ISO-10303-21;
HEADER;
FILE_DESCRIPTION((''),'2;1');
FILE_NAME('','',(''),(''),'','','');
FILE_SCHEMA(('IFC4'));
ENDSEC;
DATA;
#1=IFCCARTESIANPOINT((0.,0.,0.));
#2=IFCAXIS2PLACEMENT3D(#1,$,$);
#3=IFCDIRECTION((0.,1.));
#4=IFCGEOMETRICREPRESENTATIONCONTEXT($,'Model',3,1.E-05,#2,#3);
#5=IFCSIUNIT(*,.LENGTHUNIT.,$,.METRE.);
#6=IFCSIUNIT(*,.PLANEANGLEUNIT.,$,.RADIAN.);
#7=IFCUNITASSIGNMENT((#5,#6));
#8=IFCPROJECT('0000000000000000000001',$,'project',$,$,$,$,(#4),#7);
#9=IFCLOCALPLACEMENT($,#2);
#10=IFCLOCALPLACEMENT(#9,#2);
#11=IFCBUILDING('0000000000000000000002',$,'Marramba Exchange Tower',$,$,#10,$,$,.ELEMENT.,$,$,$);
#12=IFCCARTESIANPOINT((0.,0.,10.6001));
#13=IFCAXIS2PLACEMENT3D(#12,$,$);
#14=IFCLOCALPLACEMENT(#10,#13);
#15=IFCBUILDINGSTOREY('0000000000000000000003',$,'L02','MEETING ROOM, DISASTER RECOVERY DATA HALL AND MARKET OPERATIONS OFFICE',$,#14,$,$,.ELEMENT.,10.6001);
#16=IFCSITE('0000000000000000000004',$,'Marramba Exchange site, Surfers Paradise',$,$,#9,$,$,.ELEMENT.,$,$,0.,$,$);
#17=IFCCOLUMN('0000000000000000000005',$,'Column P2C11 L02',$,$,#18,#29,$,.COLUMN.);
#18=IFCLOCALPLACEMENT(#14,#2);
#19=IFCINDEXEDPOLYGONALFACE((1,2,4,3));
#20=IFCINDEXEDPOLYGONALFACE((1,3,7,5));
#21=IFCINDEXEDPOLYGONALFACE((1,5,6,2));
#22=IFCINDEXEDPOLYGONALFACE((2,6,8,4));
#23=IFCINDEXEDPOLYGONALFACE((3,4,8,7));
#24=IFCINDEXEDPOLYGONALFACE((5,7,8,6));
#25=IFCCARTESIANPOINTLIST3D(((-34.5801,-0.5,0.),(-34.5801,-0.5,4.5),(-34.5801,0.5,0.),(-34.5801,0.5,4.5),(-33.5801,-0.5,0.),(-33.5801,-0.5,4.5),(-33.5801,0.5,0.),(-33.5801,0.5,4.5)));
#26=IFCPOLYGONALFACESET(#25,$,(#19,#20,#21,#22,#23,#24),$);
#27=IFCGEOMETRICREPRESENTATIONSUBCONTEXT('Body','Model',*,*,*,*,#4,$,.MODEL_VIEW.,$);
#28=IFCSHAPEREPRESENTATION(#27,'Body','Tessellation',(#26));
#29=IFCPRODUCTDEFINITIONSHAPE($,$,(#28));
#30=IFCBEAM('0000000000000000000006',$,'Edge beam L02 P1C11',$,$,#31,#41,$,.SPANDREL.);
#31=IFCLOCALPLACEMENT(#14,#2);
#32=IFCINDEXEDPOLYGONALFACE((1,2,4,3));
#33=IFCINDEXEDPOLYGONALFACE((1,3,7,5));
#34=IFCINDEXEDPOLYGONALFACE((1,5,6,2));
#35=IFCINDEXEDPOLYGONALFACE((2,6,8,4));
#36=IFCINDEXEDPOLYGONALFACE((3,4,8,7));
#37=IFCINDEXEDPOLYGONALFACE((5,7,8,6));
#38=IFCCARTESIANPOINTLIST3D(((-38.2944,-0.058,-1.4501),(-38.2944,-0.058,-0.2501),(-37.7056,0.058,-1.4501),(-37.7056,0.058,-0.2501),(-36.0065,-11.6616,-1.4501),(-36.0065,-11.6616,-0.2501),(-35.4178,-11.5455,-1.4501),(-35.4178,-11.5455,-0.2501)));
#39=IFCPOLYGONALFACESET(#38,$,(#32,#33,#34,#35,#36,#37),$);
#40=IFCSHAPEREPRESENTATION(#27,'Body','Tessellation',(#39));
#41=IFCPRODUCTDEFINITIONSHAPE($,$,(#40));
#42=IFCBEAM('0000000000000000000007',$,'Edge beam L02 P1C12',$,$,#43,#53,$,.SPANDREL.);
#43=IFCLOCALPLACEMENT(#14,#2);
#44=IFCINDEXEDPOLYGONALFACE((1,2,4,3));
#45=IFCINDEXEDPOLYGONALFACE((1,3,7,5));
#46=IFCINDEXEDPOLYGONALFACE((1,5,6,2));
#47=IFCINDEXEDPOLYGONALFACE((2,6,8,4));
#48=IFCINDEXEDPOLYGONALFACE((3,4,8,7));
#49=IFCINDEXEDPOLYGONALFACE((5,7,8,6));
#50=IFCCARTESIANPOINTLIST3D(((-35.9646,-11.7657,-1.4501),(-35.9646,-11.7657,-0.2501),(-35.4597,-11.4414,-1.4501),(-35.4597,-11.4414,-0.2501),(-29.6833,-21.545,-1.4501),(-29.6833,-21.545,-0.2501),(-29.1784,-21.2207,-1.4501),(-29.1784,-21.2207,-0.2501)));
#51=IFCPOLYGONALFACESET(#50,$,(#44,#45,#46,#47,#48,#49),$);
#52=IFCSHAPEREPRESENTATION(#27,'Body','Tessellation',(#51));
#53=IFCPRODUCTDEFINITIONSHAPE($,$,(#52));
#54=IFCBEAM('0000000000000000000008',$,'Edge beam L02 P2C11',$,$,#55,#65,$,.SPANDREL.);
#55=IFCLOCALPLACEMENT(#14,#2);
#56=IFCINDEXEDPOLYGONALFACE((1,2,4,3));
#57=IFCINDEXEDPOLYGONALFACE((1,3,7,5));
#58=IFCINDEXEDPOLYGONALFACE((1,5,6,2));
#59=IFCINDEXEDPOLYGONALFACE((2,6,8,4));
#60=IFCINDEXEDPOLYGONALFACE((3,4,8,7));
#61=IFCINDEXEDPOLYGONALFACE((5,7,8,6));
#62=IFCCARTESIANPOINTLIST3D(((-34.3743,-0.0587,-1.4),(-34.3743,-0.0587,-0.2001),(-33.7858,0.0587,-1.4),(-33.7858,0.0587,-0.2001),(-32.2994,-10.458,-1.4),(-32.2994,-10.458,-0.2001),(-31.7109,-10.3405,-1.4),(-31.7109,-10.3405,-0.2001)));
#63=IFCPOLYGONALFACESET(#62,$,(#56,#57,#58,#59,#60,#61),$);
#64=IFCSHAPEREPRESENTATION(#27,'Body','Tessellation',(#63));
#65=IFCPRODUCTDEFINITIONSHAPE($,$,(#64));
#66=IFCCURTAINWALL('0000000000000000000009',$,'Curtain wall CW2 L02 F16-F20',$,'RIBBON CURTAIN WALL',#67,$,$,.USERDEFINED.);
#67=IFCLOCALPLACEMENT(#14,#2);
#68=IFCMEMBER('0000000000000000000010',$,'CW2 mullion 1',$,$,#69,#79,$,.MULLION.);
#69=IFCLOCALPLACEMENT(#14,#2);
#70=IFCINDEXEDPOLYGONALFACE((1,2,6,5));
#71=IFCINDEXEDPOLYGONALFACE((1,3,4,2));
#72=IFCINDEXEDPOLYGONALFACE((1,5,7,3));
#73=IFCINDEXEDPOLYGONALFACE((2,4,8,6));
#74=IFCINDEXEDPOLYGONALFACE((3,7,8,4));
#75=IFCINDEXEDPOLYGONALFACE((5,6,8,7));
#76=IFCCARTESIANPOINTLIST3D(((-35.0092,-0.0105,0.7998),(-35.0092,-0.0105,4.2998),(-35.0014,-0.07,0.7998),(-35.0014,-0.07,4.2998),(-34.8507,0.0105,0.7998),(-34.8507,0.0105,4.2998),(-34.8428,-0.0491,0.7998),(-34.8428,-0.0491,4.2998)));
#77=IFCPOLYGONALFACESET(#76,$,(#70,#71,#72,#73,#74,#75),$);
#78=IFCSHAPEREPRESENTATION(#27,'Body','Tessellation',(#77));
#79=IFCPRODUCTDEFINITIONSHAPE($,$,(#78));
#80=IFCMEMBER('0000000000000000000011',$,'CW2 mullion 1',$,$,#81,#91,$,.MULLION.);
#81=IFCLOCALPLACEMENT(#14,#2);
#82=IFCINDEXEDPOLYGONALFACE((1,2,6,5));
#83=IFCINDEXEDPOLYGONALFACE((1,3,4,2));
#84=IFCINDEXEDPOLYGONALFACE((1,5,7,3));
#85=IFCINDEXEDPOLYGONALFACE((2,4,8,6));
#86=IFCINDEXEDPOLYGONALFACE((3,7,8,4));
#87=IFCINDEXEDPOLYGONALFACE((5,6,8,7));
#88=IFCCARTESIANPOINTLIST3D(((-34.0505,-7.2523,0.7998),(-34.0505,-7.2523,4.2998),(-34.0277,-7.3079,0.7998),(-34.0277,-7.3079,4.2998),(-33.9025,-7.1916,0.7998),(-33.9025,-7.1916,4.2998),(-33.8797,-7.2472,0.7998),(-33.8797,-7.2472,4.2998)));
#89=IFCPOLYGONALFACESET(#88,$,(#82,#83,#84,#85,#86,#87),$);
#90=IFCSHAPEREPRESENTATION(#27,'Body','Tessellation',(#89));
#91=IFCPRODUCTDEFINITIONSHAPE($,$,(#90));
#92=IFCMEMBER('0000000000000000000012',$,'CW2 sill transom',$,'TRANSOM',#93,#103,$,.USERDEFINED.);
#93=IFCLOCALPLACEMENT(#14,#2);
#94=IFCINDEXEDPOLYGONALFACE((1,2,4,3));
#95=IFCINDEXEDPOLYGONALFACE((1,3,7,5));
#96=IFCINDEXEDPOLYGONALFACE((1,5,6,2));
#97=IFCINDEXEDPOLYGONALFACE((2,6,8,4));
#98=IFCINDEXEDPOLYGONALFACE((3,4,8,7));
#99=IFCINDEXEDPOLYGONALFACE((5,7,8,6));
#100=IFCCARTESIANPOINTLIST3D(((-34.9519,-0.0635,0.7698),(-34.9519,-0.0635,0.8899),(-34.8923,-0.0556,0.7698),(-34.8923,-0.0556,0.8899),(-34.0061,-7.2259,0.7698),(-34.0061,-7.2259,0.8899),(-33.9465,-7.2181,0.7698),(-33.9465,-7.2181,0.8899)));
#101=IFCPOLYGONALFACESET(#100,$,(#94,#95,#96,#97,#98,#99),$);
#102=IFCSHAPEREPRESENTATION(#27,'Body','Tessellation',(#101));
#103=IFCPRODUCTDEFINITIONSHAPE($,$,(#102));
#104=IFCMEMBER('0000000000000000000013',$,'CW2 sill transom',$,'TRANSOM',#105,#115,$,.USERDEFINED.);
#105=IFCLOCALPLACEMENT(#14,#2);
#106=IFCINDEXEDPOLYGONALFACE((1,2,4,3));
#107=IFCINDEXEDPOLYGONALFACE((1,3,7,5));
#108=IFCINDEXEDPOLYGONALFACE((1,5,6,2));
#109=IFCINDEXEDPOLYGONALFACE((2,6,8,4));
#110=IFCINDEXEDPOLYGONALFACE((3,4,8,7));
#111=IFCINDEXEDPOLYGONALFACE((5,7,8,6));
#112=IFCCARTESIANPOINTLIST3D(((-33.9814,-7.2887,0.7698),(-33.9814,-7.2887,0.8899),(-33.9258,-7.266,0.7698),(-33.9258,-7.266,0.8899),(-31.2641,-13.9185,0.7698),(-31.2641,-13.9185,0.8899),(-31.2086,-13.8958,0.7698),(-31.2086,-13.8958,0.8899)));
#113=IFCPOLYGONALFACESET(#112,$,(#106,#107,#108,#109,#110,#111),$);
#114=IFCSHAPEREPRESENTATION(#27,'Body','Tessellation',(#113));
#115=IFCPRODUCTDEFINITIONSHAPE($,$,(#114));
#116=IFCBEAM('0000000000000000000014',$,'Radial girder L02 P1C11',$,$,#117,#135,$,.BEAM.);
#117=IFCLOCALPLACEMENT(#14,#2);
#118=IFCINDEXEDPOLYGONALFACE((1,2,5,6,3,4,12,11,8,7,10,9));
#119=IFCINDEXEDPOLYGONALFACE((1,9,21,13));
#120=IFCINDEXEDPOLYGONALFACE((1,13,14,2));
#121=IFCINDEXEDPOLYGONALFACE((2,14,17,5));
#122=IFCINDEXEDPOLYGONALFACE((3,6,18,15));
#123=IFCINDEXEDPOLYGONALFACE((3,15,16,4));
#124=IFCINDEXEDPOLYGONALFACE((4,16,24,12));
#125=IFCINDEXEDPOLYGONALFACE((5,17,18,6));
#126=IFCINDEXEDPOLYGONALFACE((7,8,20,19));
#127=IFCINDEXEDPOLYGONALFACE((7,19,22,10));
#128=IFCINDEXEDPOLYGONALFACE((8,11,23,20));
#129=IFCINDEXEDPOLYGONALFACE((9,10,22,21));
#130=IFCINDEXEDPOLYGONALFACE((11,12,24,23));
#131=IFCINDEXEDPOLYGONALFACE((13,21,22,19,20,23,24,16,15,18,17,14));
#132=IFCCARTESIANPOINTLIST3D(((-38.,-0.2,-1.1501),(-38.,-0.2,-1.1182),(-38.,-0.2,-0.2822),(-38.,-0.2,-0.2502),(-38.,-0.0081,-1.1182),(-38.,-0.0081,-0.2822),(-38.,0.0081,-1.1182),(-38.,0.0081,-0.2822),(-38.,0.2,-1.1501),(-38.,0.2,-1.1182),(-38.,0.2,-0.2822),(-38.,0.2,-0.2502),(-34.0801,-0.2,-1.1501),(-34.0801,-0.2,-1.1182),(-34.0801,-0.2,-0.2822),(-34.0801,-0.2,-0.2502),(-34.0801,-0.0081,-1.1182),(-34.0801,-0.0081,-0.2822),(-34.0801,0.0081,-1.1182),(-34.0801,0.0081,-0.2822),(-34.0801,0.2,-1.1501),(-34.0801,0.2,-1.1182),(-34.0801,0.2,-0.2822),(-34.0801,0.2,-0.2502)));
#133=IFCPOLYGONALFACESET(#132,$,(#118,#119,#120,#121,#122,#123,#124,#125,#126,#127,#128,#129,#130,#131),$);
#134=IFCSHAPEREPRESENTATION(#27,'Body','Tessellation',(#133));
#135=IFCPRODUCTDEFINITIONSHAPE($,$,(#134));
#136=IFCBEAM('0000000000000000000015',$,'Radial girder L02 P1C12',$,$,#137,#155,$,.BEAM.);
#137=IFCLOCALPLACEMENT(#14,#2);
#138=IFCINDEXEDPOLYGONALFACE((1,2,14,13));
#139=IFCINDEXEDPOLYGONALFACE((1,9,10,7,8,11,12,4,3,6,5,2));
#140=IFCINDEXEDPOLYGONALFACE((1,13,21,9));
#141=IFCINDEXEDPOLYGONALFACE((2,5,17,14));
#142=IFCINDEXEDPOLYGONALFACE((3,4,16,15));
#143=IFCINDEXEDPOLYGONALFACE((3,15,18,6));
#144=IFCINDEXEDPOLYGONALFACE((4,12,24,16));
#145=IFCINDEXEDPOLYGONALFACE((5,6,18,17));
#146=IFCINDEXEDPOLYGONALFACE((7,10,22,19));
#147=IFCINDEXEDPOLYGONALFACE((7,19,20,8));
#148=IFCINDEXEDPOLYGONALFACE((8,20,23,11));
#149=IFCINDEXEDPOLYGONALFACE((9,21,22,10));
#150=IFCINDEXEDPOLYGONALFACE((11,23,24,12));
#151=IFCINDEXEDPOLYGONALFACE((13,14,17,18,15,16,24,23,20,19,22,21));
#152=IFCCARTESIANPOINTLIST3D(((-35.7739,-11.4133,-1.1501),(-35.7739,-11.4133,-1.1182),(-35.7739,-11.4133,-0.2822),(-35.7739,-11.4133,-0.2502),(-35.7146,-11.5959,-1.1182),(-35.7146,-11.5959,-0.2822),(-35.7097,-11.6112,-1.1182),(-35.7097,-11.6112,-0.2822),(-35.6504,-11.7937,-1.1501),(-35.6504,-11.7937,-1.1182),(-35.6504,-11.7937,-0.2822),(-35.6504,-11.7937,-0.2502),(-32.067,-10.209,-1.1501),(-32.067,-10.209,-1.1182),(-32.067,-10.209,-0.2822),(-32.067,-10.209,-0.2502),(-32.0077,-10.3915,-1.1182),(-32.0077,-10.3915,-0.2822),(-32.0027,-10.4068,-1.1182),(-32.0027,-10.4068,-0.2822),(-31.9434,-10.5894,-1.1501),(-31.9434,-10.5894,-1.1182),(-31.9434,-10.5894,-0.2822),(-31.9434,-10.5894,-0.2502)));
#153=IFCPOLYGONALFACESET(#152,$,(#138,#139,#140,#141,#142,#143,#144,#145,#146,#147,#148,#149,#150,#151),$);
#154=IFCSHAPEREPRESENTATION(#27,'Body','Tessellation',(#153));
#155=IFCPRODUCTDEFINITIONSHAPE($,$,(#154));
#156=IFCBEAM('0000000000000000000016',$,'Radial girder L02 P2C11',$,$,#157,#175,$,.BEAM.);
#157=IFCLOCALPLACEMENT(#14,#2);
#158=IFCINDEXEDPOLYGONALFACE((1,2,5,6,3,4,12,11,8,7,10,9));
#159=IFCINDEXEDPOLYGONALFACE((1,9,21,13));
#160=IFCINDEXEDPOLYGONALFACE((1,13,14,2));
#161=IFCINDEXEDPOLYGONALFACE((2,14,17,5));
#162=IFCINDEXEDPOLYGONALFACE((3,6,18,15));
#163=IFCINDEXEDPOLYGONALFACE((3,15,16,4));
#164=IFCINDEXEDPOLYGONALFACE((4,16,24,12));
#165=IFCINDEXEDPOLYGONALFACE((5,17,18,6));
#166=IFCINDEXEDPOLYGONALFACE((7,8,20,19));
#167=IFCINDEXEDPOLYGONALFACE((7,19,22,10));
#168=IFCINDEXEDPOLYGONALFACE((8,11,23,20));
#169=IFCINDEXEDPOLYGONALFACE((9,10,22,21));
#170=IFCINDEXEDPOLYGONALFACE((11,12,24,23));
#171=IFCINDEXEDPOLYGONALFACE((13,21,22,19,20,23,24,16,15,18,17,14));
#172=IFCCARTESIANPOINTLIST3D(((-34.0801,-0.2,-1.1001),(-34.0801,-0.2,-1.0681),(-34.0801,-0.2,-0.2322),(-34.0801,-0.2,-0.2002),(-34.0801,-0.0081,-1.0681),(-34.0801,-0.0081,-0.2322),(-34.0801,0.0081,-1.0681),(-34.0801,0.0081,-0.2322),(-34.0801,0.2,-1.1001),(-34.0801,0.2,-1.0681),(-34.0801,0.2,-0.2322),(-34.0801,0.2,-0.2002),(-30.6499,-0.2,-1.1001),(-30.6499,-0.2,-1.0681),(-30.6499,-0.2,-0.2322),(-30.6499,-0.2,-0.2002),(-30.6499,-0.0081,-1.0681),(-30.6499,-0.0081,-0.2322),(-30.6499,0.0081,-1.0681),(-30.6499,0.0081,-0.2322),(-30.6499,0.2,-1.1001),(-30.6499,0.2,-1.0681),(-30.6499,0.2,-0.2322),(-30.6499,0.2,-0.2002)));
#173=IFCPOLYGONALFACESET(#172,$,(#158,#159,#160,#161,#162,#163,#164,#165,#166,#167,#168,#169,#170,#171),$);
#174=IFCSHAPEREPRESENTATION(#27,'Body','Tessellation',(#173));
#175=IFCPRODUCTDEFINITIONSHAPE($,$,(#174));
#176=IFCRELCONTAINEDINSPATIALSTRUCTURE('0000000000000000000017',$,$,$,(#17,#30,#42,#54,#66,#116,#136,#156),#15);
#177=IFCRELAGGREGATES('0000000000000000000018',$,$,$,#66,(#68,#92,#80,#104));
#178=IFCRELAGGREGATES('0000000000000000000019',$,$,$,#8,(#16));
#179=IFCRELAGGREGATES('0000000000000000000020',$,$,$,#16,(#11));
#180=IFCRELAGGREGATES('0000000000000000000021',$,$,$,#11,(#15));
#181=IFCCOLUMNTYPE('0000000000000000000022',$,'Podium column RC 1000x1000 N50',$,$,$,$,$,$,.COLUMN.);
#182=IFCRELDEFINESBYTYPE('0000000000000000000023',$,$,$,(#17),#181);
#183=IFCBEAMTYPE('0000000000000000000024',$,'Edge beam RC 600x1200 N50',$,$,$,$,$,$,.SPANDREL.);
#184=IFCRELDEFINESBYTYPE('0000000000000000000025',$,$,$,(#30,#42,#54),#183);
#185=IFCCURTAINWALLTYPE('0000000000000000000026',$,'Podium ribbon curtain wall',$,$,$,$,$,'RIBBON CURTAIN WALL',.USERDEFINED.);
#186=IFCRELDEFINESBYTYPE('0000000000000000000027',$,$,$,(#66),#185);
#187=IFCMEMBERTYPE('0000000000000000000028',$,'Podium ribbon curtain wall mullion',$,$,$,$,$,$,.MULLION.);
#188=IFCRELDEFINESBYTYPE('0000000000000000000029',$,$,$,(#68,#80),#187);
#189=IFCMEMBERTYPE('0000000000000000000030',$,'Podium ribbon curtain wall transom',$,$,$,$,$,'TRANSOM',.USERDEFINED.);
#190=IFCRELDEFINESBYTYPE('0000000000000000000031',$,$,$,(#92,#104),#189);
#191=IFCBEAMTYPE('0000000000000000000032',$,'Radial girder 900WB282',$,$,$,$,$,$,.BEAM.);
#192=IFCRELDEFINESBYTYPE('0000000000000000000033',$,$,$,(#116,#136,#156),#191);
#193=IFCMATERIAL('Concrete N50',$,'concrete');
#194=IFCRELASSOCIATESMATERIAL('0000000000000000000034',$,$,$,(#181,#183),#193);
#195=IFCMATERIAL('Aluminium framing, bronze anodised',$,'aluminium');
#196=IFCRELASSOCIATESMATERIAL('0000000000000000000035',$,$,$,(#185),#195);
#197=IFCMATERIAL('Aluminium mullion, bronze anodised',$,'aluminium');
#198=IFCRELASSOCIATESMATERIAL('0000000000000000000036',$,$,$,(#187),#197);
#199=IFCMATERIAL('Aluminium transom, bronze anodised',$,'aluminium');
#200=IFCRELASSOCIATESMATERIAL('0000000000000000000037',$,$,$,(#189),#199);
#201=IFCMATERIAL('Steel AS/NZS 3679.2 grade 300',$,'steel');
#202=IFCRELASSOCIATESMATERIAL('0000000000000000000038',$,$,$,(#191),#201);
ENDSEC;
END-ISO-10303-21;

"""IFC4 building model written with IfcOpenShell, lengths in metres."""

from ifc_helpers import new_model, si_unit, direction, frame, origin, origin_2d, place, context, subcontext, project, spatial, rectangle, i_section, extrude, material, material_profile, profile_set, type_object, element, aggregate, save


model = new_model("IFC4")

# Units and contexts
model_context = context("Model", 3, precision=1e-05, world=origin(), true_north=direction((0.0, 1.0)))
body_context = subcontext(model_context, "Body", "Model", "MODEL_VIEW")
ifc_project = project(units=[si_unit("LENGTHUNIT", "METRE"), si_unit("PLANEANGLEUNIT", "RADIAN")], contexts=[model_context])

# Site, building, storey
site_placement = place(None, origin())
site = spatial("IfcSite", under=ifc_project, at=site_placement, Name="Marramba Exchange site, Surfers Paradise", CompositionType="ELEMENT", RefElevation=0.0)
building_placement = place(site_placement, origin())
building = spatial("IfcBuilding", under=site, at=building_placement, Name="Marramba Exchange Tower", CompositionType="ELEMENT")
storey_placement = place(building_placement, frame((0.0, 0.0, 10.6001)))
storey = spatial("IfcBuildingStorey", under=building, at=storey_placement, Name="L02", Description="MEETING ROOM, DISASTER RECOVERY DATA HALL AND MARKET OPERATIONS OFFICE", CompositionType="ELEMENT", Elevation=10.6001)

# Column
ifc_material_1 = material(Name="Concrete N50", Category="concrete")
ifc_material_profile_1 = material_profile(ifc_material_1, rectangle(XDim=1.0, YDim=1.0, at=origin_2d()), Name="RC 1000x1000")
ifc_profile_set_1 = profile_set([ifc_material_profile_1], Name="Concrete N50")
column_type = type_object("IfcColumnType", Name="Podium column RC 1000x1000 N50", PredefinedType="COLUMN", material=ifc_profile_set_1)
column_placement = place(storey_placement, frame((-34.0801, 0.0, 0.0), z_axis=(0.0, 0.0, 1.0), x_axis=(-1.0, 0.0, 0.0)))
element("IfcColumn", 1, at=column_placement, inside=storey, type_object=column_type, Name="Column P2C11 L02", PredefinedType="COLUMN", context=body_context, shape_type="SweptSolid", body=[
    extrude(rectangle(XDim=1.0, YDim=1.0, at=origin_2d()), origin(), (0.0, 0.0, 1.0), 4.5),
])

# Beams
ifc_material_profile_2 = material_profile(ifc_material_1, rectangle(XDim=0.6001, YDim=1.2, at=origin_2d()), Name="RC 600x1200")
ifc_profile_set_2 = profile_set([ifc_material_profile_2], Name="Concrete N50")
beam_type_1 = type_object("IfcBeamType", Name="Edge beam RC 600x1200 N50", PredefinedType="SPANDREL", material=ifc_profile_set_2)
beam_1_placement = place(storey_placement, frame((-38.0, 0.0, -0.8501), z_axis=(0.193444, -0.981111, 0.0), x_axis=(0.981111, 0.193444, 0.0)))
element("IfcBeam", 2, at=beam_1_placement, inside=storey, type_object=beam_type_1, Name="Edge beam L02 P1C11", PredefinedType="SPANDREL", context=body_context, shape_type="SweptSolid", body=[
    extrude(rectangle(XDim=0.6001, YDim=1.2, at=origin_2d()), origin(), (0.0, 0.0, 1.0), 11.8269),
])
beam_2_placement = place(storey_placement, frame((-35.7122, -11.6035, -0.8501), z_axis=(0.540426, -0.841391, 0.0), x_axis=(0.841391, 0.540426, 0.0)))
element("IfcBeam", 3, at=beam_2_placement, inside=storey, type_object=beam_type_1, Name="Edge beam L02 P1C12", PredefinedType="SPANDREL", context=body_context, shape_type="SweptSolid", body=[
    extrude(rectangle(XDim=0.6001, YDim=1.2, at=origin_2d()), origin(), (0.0, 0.0, 1.0), 11.6228),
])
beam_3_placement = place(storey_placement, frame((-34.0801, 0.0, -0.8), z_axis=(0.195673, -0.980669, 0.0), x_axis=(0.980669, 0.195673, 0.0)))
element("IfcBeam", 4, at=beam_3_placement, inside=storey, type_object=beam_type_1, Name="Edge beam L02 P2C11", PredefinedType="SPANDREL", context=body_context, shape_type="SweptSolid", body=[
    extrude(rectangle(XDim=0.6001, YDim=1.2, at=origin_2d()), origin(), (0.0, 0.0, 1.0), 10.6042),
])

# Curtain wall, members
ifc_material_2 = material(Name="Aluminium framing, bronze anodised", Category="aluminium")
curtain_wall_type = type_object("IfcCurtainWallType", Name="Podium ribbon curtain wall", ElementType="RIBBON CURTAIN WALL", PredefinedType="USERDEFINED", material=ifc_material_2)
curtain_wall_placement = place(storey_placement, origin())
curtain_wall = element("IfcCurtainWall", 5, at=curtain_wall_placement, inside=storey, type_object=curtain_wall_type, Name="Curtain wall CW2 L02 F16-F20", ObjectType="RIBBON CURTAIN WALL", PredefinedType="USERDEFINED")
ifc_material_3 = material(Name="Aluminium mullion, bronze anodised", Category="aluminium")
ifc_material_profile_3 = material_profile(ifc_material_3, rectangle(XDim=0.1599, YDim=0.0601, at=origin_2d()), Name="CW2 mullion 60x160")
ifc_profile_set_3 = profile_set([ifc_material_profile_3], Name="Aluminium mullion, bronze anodised")
member_type_1 = type_object("IfcMemberType", Name="Podium ribbon curtain wall mullion", PredefinedType="MULLION", material=ifc_profile_set_3)
member_1_placement = place(storey_placement, frame((-34.926, -0.0298, 0.7998), z_axis=(0.0, 0.0, 1.0), x_axis=(0.991394, 0.130911, 0.0)))
member_1 = element("IfcMember", 6, at=member_1_placement, type_object=member_type_1, Name="CW2 mullion 1", PredefinedType="MULLION", context=body_context, shape_type="SweptSolid", body=[
    extrude(rectangle(XDim=0.1599, YDim=0.0601, at=origin_2d()), origin(), (0.0, 0.0, 1.0), 3.5),
])
member_2_placement = place(storey_placement, frame((-33.9651, -7.2498, 0.7998), z_axis=(0.0, 0.0, 1.0), x_axis=(0.925298, 0.37924, 0.0)))
member_2 = element("IfcMember", 7, at=member_2_placement, type_object=member_type_1, Name="CW2 mullion 1", PredefinedType="MULLION", context=body_context, shape_type="SweptSolid", body=[
    extrude(rectangle(XDim=0.1599, YDim=0.0601, at=origin_2d()), origin(), (0.0, 0.0, 1.0), 3.5),
])
ifc_material_4 = material(Name="Aluminium transom, bronze anodised", Category="aluminium")
ifc_material_profile_4 = material_profile(ifc_material_4, rectangle(XDim=0.0601, YDim=0.1201, at=origin_2d()), Name="CW2 transom 60x120")
ifc_profile_set_4 = profile_set([ifc_material_profile_4], Name="Aluminium transom, bronze anodised")
member_type_2 = type_object("IfcMemberType", Name="Podium ribbon curtain wall transom", ElementType="TRANSOM", PredefinedType="USERDEFINED", material=ifc_profile_set_4)
member_3_placement = place(storey_placement, frame((-34.9221, -0.0596, 0.8298), z_axis=(0.130915, -0.991394, 0.0), x_axis=(0.991394, 0.130915, 0.0)))
member_3 = element("IfcMember", 8, at=member_3_placement, type_object=member_type_2, Name="CW2 sill transom", ObjectType="TRANSOM", PredefinedType="USERDEFINED", context=body_context, shape_type="SweptSolid", body=[
    extrude(rectangle(XDim=0.0601, YDim=0.1201, at=origin_2d()), origin(), (0.0, 0.0, 1.0), 7.2246),
])
member_4_placement = place(storey_placement, frame((-33.9536, -7.2773, 0.8298), z_axis=(0.379238, -0.925299, 0.0), x_axis=(0.925299, 0.379238, 0.0)))
member_4 = element("IfcMember", 9, at=member_4_placement, type_object=member_type_2, Name="CW2 sill transom", ObjectType="TRANSOM", PredefinedType="USERDEFINED", context=body_context, shape_type="SweptSolid", body=[
    extrude(rectangle(XDim=0.0601, YDim=0.1201, at=origin_2d()), origin(), (0.0, 0.0, 1.0), 7.165),
])

# Beams
ifc_material_5 = material(Name="Steel AS/NZS 3679.2 grade 300", Category="steel")
ifc_material_profile_5 = material_profile(ifc_material_5, i_section(OverallWidth=0.3999, OverallDepth=0.8999, WebThickness=0.0161, FlangeThickness=0.032, at=origin_2d()), Name="900WB282")
ifc_profile_set_5 = profile_set([ifc_material_profile_5], Name="Steel AS/NZS 3679.2 grade 300")
beam_type_2 = type_object("IfcBeamType", Name="Radial girder 900WB282", PredefinedType="BEAM", material=ifc_profile_set_5)
beam_4_placement = place(storey_placement, frame((-38.0, 0.0, -0.7002), z_axis=(1.0, 0.0, 0.0), x_axis=(0.0, 1.0, 0.0)))
element("IfcBeam", 10, at=beam_4_placement, inside=storey, type_object=beam_type_2, Name="Radial girder L02 P1C11", PredefinedType="BEAM", context=body_context, shape_type="SweptSolid", body=[
    extrude(i_section(OverallWidth=0.3999, OverallDepth=0.8999, WebThickness=0.0161, FlangeThickness=0.032, at=origin_2d()), origin(), (0.0, 0.0, 1.0), 3.9199),
])
beam_5_placement = place(storey_placement, frame((-35.7122, -11.6035, -0.7002), z_axis=(0.951067, 0.308984, 0.0), x_axis=(-0.308984, 0.951067, 0.0)))
element("IfcBeam", 11, at=beam_5_placement, inside=storey, type_object=beam_type_2, Name="Radial girder L02 P1C12", PredefinedType="BEAM", context=body_context, shape_type="SweptSolid", body=[
    extrude(i_section(OverallWidth=0.3999, OverallDepth=0.8999, WebThickness=0.0161, FlangeThickness=0.032, at=origin_2d()), origin(), (0.0, 0.0, 1.0), 3.8977),
])
beam_6_placement = place(storey_placement, frame((-34.0801, 0.0, -0.6501), z_axis=(1.0, 0.0, 0.0), x_axis=(0.0, 1.0, 0.0)))
element("IfcBeam", 12, at=beam_6_placement, inside=storey, type_object=beam_type_2, Name="Radial girder L02 P2C11", PredefinedType="BEAM", context=body_context, shape_type="SweptSolid", body=[
    extrude(i_section(OverallWidth=0.3999, OverallDepth=0.8999, WebThickness=0.0161, FlangeThickness=0.032, at=origin_2d()), origin(), (0.0, 0.0, 1.0), 3.4302),
])

aggregate(curtain_wall, [member_1, member_3, member_2, member_4])

save(model, "model.ifc")
